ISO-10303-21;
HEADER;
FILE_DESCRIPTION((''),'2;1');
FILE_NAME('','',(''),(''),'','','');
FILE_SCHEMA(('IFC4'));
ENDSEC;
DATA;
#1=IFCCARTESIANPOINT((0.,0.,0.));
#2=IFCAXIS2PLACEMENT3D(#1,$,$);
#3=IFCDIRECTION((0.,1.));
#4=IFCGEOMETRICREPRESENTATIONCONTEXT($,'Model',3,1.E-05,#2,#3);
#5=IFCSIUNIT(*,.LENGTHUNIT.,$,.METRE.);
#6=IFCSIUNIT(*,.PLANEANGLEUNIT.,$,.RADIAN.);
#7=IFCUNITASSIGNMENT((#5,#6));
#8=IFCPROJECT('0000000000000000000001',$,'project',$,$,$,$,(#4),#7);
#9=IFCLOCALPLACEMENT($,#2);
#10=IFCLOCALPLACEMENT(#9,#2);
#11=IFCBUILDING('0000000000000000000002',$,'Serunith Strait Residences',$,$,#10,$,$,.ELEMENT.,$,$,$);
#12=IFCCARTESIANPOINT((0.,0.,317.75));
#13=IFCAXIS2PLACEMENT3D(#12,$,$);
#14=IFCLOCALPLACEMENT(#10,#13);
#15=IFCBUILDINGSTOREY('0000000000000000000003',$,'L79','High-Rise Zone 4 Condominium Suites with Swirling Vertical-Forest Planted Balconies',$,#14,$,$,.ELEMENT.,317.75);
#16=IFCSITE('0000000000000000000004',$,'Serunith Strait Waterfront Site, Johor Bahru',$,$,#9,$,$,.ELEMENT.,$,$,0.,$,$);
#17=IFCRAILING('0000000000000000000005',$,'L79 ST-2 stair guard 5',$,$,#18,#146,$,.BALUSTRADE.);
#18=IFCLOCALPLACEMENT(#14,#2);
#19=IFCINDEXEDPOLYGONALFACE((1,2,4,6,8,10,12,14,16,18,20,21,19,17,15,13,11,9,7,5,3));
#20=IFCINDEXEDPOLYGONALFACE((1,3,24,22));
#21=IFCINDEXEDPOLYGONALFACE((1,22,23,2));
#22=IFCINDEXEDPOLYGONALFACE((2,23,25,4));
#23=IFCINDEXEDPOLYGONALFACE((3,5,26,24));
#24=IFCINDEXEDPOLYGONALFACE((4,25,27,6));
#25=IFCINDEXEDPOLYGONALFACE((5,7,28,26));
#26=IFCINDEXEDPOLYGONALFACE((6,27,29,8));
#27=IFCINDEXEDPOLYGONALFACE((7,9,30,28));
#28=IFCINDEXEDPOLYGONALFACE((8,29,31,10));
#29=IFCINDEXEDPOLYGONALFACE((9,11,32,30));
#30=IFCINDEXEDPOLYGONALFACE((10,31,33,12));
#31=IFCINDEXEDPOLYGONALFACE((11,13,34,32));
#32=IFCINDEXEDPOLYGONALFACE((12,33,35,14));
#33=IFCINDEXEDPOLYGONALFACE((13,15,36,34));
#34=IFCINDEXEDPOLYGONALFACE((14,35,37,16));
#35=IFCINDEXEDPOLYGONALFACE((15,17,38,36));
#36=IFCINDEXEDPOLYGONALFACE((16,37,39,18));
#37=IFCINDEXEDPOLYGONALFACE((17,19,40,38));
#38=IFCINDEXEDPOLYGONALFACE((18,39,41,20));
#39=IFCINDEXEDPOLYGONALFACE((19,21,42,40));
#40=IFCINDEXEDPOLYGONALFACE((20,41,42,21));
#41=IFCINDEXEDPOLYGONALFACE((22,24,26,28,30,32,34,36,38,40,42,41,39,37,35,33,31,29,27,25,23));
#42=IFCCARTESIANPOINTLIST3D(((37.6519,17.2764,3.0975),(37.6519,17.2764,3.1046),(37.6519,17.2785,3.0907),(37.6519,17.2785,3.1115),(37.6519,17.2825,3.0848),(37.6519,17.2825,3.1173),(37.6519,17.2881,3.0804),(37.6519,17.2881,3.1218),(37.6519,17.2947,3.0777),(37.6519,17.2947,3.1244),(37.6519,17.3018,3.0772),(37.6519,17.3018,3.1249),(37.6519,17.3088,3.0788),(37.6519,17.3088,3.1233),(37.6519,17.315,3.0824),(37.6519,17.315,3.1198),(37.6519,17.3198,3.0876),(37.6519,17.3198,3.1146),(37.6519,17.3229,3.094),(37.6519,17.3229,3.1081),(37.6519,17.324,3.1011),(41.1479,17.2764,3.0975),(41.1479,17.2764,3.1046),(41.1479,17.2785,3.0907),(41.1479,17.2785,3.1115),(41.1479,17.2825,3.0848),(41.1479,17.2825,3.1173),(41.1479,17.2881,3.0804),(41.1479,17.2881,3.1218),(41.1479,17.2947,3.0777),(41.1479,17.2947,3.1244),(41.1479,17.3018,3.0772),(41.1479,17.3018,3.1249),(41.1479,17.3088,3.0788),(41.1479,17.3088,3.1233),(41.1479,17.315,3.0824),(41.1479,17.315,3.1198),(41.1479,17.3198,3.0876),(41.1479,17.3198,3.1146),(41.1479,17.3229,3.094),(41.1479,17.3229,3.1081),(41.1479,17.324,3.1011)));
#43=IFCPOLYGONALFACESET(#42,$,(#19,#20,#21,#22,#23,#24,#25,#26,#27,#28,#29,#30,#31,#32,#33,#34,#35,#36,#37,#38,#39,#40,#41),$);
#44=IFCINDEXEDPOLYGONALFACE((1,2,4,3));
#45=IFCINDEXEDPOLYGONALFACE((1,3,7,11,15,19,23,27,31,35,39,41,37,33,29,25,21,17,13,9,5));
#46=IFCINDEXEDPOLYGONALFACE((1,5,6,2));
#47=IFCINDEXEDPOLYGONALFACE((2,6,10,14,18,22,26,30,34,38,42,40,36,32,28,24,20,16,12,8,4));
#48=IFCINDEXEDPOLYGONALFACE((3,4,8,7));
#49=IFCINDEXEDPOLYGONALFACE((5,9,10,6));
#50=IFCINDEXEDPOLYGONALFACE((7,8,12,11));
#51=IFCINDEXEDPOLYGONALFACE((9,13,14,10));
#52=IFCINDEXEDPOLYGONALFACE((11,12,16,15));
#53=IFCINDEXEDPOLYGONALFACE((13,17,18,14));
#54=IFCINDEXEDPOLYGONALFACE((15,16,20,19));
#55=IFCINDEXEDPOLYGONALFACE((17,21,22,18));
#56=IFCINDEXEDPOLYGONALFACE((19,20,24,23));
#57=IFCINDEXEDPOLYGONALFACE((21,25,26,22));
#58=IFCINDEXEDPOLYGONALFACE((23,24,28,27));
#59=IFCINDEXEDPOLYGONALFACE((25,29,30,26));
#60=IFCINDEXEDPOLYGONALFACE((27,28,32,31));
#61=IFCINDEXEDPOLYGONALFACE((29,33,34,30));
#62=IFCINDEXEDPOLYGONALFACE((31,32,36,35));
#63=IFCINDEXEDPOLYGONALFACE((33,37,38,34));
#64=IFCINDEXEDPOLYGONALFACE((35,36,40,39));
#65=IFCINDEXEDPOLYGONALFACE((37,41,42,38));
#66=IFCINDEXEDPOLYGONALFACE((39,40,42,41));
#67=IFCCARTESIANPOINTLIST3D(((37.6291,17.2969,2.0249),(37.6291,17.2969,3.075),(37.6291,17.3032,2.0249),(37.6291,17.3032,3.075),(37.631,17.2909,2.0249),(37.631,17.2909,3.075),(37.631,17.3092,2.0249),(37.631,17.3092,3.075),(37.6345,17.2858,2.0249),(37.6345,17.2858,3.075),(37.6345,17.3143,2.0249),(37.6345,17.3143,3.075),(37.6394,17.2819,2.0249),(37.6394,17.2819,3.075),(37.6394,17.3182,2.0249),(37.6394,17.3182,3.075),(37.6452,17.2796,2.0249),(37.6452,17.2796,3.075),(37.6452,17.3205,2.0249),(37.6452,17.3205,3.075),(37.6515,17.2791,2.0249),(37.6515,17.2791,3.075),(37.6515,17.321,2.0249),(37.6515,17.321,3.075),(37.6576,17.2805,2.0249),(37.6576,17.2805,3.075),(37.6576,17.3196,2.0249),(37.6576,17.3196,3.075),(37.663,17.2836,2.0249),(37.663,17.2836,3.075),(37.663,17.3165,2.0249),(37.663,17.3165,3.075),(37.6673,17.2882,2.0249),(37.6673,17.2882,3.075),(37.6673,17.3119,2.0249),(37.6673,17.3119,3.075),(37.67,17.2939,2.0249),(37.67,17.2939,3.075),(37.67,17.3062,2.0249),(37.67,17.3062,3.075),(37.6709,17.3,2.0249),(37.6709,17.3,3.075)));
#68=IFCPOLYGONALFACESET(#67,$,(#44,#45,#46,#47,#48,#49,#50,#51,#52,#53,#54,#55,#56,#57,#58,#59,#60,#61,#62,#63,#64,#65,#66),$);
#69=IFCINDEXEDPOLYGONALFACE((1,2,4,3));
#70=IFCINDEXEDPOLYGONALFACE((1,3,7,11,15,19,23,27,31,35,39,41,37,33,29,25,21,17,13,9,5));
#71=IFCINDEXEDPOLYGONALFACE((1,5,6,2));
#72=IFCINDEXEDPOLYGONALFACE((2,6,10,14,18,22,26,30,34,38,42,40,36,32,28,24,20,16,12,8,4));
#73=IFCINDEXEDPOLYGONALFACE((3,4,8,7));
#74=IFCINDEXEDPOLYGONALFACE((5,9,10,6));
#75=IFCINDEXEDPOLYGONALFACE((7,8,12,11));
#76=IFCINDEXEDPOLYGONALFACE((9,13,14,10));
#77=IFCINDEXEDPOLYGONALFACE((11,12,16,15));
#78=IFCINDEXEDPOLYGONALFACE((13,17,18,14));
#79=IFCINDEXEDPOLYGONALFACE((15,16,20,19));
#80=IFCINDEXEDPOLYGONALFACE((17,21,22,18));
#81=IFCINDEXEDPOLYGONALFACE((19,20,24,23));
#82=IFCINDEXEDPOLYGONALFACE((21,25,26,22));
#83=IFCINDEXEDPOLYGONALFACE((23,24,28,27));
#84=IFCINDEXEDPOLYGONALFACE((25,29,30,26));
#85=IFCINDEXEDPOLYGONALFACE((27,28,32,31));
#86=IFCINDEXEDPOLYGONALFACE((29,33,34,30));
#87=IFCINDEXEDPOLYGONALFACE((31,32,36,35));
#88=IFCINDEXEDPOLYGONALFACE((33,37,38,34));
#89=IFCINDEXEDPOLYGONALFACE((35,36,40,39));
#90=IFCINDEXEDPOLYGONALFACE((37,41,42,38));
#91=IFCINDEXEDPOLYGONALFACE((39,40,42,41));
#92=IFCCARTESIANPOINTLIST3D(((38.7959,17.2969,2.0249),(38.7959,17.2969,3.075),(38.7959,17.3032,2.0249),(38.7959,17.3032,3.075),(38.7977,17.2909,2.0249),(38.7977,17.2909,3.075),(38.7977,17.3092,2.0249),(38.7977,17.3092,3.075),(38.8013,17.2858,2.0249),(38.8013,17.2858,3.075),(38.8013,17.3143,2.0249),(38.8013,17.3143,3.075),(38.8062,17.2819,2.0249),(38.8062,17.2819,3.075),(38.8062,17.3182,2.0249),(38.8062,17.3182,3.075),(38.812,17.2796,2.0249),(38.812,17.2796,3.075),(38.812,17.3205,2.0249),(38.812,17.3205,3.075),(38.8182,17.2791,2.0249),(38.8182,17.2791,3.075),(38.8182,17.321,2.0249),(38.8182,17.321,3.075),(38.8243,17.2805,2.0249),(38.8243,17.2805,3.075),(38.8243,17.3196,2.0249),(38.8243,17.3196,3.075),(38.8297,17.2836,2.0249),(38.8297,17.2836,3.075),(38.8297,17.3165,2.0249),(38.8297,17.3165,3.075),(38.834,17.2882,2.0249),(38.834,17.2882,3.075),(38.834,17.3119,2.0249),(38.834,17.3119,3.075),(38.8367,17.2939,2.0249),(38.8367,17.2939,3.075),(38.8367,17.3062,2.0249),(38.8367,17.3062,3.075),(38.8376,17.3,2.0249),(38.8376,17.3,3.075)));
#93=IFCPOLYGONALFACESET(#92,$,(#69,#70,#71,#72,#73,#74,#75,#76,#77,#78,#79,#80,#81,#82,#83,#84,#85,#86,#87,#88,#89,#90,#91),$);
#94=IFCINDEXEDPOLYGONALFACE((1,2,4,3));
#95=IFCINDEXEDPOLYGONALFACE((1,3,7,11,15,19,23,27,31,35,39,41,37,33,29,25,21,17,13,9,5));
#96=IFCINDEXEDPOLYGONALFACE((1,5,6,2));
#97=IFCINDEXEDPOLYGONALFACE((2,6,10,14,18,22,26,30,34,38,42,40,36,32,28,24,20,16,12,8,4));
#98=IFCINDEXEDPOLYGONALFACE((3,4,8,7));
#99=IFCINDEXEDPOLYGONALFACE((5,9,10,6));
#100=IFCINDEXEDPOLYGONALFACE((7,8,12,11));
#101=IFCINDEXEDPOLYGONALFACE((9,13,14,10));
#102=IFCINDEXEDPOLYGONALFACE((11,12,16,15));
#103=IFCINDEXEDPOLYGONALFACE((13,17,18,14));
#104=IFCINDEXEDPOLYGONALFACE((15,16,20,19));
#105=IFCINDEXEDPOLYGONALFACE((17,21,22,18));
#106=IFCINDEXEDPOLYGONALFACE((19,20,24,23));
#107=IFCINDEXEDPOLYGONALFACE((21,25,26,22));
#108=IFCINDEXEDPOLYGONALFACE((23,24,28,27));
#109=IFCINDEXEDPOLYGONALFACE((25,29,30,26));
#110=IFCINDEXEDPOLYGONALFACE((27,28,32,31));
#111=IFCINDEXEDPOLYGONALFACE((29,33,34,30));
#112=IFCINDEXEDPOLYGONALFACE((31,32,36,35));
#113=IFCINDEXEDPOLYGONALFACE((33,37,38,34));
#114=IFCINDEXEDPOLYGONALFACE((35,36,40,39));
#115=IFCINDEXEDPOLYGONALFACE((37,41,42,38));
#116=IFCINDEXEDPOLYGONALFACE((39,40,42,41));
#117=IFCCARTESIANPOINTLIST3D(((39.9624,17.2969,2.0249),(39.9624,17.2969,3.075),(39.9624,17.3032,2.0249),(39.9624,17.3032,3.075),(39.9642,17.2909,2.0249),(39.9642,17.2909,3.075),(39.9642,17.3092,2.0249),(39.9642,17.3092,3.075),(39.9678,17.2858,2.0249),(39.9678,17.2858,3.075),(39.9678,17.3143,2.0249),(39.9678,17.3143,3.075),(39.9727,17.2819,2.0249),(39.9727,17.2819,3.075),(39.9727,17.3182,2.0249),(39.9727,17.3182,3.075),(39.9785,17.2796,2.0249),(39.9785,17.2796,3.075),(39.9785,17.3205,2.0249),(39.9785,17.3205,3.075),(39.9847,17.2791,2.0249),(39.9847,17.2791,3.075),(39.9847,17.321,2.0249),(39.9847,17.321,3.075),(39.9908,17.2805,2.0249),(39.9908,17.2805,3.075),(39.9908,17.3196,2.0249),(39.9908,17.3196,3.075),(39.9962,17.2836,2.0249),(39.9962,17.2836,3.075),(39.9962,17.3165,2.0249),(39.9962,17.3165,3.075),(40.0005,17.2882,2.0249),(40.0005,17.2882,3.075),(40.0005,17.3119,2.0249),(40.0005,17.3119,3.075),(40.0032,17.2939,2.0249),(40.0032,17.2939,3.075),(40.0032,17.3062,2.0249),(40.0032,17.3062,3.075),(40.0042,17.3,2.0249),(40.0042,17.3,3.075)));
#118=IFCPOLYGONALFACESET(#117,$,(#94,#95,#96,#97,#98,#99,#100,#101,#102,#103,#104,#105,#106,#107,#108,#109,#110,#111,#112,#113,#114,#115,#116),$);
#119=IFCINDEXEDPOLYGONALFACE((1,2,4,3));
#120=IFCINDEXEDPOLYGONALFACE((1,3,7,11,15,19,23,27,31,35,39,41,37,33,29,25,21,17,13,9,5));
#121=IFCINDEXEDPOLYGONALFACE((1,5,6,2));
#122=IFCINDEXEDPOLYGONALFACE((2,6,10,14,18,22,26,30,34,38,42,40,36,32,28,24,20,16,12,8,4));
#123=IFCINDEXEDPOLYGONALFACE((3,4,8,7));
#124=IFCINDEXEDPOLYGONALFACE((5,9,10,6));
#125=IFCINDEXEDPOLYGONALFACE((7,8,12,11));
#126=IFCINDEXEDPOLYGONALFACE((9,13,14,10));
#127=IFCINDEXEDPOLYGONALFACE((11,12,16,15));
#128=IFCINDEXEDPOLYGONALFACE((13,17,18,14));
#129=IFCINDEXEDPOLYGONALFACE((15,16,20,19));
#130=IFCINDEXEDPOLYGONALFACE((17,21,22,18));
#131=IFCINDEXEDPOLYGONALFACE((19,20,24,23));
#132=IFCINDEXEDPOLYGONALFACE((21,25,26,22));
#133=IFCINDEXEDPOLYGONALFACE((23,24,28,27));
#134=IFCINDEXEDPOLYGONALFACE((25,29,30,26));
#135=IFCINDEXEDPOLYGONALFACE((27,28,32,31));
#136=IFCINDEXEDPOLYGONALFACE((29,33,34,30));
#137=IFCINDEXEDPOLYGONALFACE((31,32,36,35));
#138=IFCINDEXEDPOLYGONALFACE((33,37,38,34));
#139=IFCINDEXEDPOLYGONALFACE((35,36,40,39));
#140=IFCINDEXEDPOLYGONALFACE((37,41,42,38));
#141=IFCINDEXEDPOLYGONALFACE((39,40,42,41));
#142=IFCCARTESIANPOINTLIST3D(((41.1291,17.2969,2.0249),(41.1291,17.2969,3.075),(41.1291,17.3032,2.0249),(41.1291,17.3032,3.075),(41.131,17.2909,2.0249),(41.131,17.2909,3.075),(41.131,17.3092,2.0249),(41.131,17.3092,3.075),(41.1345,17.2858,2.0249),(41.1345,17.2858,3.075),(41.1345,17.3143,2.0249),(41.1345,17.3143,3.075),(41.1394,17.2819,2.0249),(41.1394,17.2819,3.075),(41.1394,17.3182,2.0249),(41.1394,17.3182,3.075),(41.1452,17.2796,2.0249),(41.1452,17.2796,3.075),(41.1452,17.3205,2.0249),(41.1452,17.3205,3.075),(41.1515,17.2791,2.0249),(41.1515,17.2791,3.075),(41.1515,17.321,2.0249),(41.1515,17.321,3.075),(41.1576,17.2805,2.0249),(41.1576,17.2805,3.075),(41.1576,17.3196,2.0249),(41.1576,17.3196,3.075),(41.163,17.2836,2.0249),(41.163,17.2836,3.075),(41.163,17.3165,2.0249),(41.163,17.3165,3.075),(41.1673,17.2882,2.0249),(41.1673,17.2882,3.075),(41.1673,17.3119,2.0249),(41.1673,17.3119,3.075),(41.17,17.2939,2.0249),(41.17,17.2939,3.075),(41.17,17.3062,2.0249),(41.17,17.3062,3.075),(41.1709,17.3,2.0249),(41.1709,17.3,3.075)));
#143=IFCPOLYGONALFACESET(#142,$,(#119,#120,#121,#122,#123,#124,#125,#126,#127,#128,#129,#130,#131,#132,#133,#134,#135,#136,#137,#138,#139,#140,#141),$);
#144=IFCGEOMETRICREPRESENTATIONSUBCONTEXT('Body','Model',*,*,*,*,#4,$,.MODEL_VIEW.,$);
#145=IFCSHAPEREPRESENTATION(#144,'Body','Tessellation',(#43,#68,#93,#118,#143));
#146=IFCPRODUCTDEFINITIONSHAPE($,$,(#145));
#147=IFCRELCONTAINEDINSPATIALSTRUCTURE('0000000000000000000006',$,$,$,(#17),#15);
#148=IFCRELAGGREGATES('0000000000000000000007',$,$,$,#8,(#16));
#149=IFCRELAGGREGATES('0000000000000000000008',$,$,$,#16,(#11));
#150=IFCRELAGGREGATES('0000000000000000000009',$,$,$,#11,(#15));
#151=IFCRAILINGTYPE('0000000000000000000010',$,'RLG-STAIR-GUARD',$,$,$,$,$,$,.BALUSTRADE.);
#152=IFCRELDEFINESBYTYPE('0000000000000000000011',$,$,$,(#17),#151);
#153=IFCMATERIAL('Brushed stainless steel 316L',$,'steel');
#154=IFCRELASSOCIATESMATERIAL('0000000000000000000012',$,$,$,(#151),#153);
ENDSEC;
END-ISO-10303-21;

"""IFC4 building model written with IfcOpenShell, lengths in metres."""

from ifc_helpers import new_model, si_unit, direction, frame, origin, origin_2d, place, context, subcontext, project, spatial, circle, extrude, material, type_object, element, save


model = new_model("IFC4")

# Units and contexts
model_context = context("Model", 3, precision=1e-05, world=origin(), true_north=direction((0.0, 1.0)))
body_context = subcontext(model_context, "Body", "Model", "MODEL_VIEW")
ifc_project = project(units=[si_unit("LENGTHUNIT", "METRE"), si_unit("PLANEANGLEUNIT", "RADIAN")], contexts=[model_context])

# Site, building, storey
site_placement = place(None, origin())
site = spatial("IfcSite", under=ifc_project, at=site_placement, Name="Serunith Strait Waterfront Site, Johor Bahru", CompositionType="ELEMENT", RefElevation=0.0)
building_placement = place(site_placement, origin())
building = spatial("IfcBuilding", under=site, at=building_placement, Name="Serunith Strait Residences", CompositionType="ELEMENT")
storey_placement = place(building_placement, frame((0.0, 0.0, 317.75)))
storey = spatial("IfcBuildingStorey", under=building, at=storey_placement, Name="L79", Description="High-Rise Zone 4 Condominium Suites with Swirling Vertical-Forest Planted Balconies", CompositionType="ELEMENT", Elevation=317.75)

# Railing
ifc_material_1 = material(Name="Brushed stainless steel 316L", Category="steel")
railing_type_1 = type_object("IfcRailingType", Name="RLG-STAIR-GUARD", PredefinedType="BALUSTRADE", material=ifc_material_1)
railing_1_placement = place(storey_placement, frame((37.6499, 17.3, 2.0249)))
element("IfcRailing", 1, at=railing_1_placement, inside=storey, type_object=railing_type_1, Name="L79 ST-2 stair guard 5", PredefinedType="BALUSTRADE", context=body_context, shape_type="SweptSolid", body=[
    extrude(circle(Radius=0.0239, at=origin_2d()), frame((0.002, 0.0, 1.0762), z_axis=(1.0, 0.0, 0.0), x_axis=(0.0, 1.0, 0.0)), (0.0, 0.0, 1.0), 3.4961),
    extrude(circle(Radius=0.021, at=origin_2d()), origin(), (0.0, 0.0, 1.0), 1.05),
    extrude(circle(Radius=0.021, at=origin_2d()), frame((1.1667, 0.0, 0.0)), (0.0, 0.0, 1.0), 1.05),
    extrude(circle(Radius=0.021, at=origin_2d()), frame((2.3333, 0.0, 0.0)), (0.0, 0.0, 1.0), 1.05),
    extrude(circle(Radius=0.021, at=origin_2d()), frame((3.5, 0.0, 0.0)), (0.0, 0.0, 1.0), 1.05),
])

save(model, "model.ifc")
